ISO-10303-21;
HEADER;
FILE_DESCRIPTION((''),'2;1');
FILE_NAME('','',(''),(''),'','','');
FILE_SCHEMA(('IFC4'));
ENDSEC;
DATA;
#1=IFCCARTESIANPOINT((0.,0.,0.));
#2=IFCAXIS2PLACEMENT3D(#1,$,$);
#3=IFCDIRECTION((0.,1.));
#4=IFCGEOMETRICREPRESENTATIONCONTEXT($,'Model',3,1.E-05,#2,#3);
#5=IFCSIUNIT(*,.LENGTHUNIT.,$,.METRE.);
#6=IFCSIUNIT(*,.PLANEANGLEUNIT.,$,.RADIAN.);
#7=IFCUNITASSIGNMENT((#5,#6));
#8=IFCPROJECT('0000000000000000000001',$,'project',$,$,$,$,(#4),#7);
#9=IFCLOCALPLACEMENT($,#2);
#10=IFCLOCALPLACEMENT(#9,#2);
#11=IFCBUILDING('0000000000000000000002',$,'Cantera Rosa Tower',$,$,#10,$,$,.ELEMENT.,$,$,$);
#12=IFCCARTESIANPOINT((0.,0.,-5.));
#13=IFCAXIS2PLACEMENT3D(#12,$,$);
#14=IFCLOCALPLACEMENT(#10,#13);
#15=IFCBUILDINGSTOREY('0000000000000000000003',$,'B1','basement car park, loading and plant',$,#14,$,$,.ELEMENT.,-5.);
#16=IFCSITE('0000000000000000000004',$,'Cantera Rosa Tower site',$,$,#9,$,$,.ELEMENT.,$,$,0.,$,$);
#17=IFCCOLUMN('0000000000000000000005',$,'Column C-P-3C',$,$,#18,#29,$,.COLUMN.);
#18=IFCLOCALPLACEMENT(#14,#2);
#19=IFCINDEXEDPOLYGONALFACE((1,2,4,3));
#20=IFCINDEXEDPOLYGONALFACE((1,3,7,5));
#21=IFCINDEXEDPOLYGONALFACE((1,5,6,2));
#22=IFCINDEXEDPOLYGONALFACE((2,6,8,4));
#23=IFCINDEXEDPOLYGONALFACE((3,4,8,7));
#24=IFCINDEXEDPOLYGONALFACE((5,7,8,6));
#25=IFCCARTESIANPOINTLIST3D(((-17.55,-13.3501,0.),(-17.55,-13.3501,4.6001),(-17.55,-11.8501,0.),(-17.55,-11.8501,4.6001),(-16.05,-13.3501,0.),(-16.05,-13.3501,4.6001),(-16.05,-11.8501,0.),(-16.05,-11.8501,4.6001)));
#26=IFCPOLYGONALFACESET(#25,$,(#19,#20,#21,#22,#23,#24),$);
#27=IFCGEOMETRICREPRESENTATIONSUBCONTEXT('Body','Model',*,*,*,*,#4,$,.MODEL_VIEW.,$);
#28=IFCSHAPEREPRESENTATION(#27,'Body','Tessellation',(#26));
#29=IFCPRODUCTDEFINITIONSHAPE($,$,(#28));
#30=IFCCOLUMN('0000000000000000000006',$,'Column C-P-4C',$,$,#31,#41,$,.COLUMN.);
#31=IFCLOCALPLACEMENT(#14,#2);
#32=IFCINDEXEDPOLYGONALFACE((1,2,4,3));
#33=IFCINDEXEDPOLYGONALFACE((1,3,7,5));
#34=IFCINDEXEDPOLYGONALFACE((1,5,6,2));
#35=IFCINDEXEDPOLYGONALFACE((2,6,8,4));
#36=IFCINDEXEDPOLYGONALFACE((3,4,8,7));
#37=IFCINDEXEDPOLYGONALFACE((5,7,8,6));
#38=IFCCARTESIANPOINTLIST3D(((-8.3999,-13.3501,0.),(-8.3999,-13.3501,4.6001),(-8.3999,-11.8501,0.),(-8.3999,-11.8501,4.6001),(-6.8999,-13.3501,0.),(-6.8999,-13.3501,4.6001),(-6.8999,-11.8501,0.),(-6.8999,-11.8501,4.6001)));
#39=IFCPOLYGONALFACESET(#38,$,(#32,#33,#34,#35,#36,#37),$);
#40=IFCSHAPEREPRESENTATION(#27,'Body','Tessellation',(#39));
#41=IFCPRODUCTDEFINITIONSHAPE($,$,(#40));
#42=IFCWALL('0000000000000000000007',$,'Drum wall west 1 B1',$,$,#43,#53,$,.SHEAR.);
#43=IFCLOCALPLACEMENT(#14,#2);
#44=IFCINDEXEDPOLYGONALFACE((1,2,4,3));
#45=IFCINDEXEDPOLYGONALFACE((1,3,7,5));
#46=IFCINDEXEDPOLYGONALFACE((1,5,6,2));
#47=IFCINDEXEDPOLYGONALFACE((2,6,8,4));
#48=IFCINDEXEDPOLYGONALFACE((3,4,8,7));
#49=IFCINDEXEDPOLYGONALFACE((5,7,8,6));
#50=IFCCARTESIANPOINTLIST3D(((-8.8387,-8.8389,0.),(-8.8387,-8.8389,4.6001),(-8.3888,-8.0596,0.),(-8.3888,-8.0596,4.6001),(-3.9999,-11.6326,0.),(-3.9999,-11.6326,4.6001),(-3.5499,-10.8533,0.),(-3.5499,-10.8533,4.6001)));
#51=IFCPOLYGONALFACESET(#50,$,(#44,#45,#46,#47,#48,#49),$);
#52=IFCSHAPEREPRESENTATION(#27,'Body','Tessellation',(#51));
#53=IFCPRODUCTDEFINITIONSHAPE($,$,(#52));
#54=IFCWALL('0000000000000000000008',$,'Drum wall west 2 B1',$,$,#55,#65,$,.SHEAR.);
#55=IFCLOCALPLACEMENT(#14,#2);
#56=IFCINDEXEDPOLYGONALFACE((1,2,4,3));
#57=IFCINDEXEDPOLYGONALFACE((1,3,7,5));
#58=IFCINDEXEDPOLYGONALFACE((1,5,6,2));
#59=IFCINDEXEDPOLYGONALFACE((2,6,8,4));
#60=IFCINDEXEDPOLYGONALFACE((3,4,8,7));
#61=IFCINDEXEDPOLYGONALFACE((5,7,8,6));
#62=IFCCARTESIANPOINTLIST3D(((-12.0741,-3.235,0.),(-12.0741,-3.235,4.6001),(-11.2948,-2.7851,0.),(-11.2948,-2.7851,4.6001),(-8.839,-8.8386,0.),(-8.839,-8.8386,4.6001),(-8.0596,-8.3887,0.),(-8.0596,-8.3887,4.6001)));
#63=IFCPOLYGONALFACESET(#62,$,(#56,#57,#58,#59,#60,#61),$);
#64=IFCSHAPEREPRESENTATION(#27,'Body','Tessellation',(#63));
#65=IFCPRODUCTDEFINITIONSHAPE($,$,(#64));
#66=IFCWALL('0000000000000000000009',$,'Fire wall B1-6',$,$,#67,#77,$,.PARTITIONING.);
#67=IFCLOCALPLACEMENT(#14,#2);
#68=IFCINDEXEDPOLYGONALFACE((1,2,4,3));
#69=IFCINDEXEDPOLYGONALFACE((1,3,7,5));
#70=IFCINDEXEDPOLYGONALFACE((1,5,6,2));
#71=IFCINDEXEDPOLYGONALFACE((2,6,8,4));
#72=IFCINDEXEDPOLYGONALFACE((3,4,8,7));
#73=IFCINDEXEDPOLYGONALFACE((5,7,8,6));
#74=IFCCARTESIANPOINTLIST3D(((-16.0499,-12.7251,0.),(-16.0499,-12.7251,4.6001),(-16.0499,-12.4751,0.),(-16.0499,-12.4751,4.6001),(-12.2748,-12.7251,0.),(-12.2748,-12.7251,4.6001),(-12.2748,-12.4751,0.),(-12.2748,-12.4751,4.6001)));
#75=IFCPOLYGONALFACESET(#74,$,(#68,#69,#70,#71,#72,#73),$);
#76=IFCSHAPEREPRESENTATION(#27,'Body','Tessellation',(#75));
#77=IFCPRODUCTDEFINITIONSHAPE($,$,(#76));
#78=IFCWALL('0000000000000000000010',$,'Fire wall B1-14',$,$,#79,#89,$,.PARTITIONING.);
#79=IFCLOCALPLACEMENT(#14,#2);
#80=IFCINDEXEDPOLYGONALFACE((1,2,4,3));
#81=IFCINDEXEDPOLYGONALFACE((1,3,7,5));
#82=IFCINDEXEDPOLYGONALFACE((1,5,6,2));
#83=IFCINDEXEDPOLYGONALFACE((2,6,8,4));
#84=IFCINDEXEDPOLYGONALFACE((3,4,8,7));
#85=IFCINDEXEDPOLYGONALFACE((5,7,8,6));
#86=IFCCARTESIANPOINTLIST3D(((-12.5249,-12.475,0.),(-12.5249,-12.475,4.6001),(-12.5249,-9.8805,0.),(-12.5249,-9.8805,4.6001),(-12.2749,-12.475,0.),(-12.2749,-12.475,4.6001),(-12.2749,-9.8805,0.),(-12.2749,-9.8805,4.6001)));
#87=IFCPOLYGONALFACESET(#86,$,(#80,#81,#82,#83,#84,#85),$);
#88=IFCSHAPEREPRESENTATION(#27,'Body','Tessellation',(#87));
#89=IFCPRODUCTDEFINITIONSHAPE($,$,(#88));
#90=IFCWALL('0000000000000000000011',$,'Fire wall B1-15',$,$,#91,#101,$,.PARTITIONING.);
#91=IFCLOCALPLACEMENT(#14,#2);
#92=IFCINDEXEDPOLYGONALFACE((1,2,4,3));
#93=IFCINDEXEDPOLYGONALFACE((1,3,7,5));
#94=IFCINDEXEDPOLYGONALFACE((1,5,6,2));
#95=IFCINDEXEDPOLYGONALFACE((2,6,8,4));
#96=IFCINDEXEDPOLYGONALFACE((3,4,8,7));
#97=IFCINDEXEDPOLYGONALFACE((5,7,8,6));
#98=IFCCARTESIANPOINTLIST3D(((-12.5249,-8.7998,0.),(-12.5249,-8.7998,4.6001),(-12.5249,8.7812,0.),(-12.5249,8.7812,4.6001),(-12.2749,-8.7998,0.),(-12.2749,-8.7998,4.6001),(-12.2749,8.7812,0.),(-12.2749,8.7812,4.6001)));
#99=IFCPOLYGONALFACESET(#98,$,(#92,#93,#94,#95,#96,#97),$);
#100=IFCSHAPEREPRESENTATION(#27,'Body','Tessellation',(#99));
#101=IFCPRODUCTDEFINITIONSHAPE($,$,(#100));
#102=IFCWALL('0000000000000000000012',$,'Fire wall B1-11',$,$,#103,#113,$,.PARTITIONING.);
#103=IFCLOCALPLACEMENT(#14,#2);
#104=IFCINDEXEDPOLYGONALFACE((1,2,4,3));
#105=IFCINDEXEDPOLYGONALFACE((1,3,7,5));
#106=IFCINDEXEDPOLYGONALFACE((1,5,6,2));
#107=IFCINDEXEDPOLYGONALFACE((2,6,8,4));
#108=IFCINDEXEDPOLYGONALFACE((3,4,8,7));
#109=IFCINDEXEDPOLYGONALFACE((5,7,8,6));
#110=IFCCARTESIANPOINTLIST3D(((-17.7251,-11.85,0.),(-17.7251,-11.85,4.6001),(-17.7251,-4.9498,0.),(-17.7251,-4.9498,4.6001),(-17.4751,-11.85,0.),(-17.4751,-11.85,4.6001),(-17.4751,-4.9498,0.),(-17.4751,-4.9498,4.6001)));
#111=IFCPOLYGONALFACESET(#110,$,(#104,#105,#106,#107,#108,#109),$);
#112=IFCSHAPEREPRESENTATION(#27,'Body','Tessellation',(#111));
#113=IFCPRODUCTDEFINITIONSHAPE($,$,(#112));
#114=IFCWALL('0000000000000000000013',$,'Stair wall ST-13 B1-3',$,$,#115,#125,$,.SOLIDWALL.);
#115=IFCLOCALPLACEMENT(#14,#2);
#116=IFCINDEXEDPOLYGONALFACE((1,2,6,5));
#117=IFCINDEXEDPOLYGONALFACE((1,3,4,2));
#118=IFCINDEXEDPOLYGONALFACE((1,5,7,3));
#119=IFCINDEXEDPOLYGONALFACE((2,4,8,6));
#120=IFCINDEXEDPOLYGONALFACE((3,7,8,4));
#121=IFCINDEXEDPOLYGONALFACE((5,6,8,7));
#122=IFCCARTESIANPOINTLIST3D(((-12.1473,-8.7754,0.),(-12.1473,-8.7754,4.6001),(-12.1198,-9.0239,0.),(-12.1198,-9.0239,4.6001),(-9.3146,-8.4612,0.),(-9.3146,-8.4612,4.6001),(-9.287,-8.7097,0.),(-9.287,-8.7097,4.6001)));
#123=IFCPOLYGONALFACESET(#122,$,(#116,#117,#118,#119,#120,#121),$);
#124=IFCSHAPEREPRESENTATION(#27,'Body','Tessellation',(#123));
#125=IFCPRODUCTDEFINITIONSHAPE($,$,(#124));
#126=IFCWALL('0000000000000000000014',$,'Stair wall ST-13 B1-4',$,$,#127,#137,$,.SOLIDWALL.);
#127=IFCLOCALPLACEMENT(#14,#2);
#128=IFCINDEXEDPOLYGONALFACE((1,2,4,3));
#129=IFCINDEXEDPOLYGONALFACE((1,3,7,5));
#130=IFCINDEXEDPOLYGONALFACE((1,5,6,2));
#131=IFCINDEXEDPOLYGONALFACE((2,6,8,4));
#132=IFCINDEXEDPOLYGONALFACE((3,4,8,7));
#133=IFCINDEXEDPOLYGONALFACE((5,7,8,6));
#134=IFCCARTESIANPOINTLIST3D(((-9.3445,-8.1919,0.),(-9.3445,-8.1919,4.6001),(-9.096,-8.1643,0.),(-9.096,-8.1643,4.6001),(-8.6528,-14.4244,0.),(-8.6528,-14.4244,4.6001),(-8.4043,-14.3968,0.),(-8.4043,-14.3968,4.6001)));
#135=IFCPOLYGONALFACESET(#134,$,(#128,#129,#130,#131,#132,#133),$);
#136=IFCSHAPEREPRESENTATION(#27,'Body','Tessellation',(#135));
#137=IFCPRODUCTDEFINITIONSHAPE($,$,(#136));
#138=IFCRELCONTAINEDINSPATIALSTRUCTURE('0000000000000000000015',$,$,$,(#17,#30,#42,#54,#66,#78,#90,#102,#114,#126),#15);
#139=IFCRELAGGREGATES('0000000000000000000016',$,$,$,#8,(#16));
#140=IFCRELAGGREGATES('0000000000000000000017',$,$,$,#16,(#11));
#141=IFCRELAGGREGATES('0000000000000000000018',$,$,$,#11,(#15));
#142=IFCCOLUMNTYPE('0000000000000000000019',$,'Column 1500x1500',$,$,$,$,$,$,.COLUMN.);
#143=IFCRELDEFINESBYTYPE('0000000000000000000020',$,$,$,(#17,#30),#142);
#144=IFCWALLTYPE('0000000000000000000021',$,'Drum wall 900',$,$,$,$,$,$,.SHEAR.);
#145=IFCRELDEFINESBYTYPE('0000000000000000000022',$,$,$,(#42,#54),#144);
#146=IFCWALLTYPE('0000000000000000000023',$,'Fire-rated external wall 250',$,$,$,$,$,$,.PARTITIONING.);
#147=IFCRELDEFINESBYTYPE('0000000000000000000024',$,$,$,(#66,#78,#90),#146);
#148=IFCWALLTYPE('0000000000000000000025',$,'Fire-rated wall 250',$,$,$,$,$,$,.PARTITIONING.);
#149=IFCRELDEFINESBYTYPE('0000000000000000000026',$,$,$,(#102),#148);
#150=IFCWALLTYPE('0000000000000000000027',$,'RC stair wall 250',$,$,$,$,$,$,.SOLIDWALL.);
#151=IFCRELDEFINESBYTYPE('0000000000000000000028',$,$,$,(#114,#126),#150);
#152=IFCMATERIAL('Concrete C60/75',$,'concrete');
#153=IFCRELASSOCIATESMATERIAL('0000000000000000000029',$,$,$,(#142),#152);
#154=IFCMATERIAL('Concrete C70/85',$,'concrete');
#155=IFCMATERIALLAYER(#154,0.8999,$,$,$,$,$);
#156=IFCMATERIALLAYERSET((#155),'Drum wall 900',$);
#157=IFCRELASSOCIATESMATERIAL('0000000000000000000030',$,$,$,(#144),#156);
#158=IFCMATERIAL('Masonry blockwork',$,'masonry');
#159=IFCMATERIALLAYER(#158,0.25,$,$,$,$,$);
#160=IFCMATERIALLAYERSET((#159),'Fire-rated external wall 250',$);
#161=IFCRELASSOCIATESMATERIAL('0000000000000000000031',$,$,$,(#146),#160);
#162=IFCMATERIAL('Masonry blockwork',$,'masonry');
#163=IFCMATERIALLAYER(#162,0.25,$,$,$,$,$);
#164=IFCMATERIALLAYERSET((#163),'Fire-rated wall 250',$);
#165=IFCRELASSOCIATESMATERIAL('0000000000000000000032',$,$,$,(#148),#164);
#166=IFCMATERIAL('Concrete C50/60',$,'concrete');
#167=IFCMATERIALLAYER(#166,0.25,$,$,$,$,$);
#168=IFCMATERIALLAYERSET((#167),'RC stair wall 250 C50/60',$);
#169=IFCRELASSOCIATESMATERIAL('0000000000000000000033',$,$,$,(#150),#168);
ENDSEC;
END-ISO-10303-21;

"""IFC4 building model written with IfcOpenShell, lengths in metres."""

from ifc_helpers import new_model, si_unit, direction, frame, frame_2d, origin, origin_2d, place, context, subcontext, project, spatial, rectangle, extrude, material, layer, layer_set, material_profile, profile_set, type_object, element, save


model = new_model("IFC4")

# Units and contexts
model_context = context("Model", 3, precision=1e-05, world=origin(), true_north=direction((0.0, 1.0)))
body_context = subcontext(model_context, "Body", "Model", "MODEL_VIEW")
ifc_project = project(units=[si_unit("LENGTHUNIT", "METRE"), si_unit("PLANEANGLEUNIT", "RADIAN")], contexts=[model_context])

# Site, building, storey
site_placement = place(None, origin())
site = spatial("IfcSite", under=ifc_project, at=site_placement, Name="Cantera Rosa Tower site", CompositionType="ELEMENT", RefElevation=0.0)
building_placement = place(site_placement, origin())
building = spatial("IfcBuilding", under=site, at=building_placement, Name="Cantera Rosa Tower", CompositionType="ELEMENT")
storey_placement = place(building_placement, frame((0.0, 0.0, -5.0)))
storey = spatial("IfcBuildingStorey", under=building, at=storey_placement, Name="B1", Description="basement car park, loading and plant", CompositionType="ELEMENT", Elevation=-5.0)

# Columns
ifc_material_1 = material(Name="Concrete C60/75", Category="concrete")
ifc_material_profile = material_profile(ifc_material_1, rectangle(XDim=1.5, YDim=1.5, at=origin_2d()), Name="Column 1500x1500")
ifc_profile_set = profile_set([ifc_material_profile], Name="Concrete C60/75")
column_type = type_object("IfcColumnType", Name="Column 1500x1500", PredefinedType="COLUMN", material=ifc_profile_set)
for number, where, z_axis, x_axis, name in (
    (1, (-16.8, -12.6001, 0.0), (0.0, 0.0, 1.0), (1.0, 0.0, 0.0), "Column C-P-3C"),
    (2, (-7.6499, -12.6001, 0.0), (0.0, 0.0, 1.0), (1.0, 0.0, 0.0), "Column C-P-4C"),
):
    element("IfcColumn", number, at=place(storey_placement, frame(where, z_axis=z_axis, x_axis=x_axis)), inside=storey, type_object=column_type, Name=name, PredefinedType="COLUMN", context=body_context, shape_type="SweptSolid", body=[
        extrude(rectangle(XDim=1.5, YDim=1.5, at=origin_2d()), origin(), (0.0, 0.0, 1.0), 4.6001),
    ])

# Walls
ifc_material_2 = material(Name="Concrete C70/85", Category="concrete")
ifc_layer_1 = layer(ifc_material_2, 0.8999)
ifc_layer_set_1 = layer_set([ifc_layer_1], Name="Drum wall 900")
wall_type_1 = type_object("IfcWallType", Name="Drum wall 900", PredefinedType="SHEAR", material=ifc_layer_set_1)
wall_1_placement = place(storey_placement, frame((-3.7749, -11.2429, 0.0), z_axis=(0.0, 0.0, 1.0), x_axis=(-0.866027, 0.499997, 0.0)))
element("IfcWall", 3, at=wall_1_placement, inside=storey, type_object=wall_type_1, Name="Drum wall west 1 B1", PredefinedType="SHEAR", context=body_context, shape_type="SweptSolid", body=[
    extrude(rectangle(XDim=5.5874, YDim=0.8999, at=frame_2d((2.7937, 0.0))), origin(), (0.0, 0.0, 1.0), 4.6001),
])
wall_2_placement = place(storey_placement, frame((-8.4492, -8.6138, 0.0), z_axis=(0.0, 0.0, 1.0), x_axis=(-0.49999, 0.866031, 0.0)))
element("IfcWall", 4, at=wall_2_placement, inside=storey, type_object=wall_type_1, Name="Drum wall west 2 B1", PredefinedType="SHEAR", context=body_context, shape_type="SweptSolid", body=[
    extrude(rectangle(XDim=6.4705, YDim=0.8999, at=frame_2d((3.2354, 0.0))), origin(), (0.0, 0.0, 1.0), 4.6001),
])
ifc_material_3 = material(Name="Masonry blockwork", Category="masonry")
ifc_layer_2 = layer(ifc_material_3, 0.25)
ifc_layer_set_2 = layer_set([ifc_layer_2], Name="Fire-rated external wall 250")
wall_type_2 = type_object("IfcWallType", Name="Fire-rated external wall 250", PredefinedType="PARTITIONING", material=ifc_layer_set_2)
wall_3_placement = place(storey_placement, frame((-16.05, -12.6001, 0.0), z_axis=(0.0, 0.0, 1.0), x_axis=(1.0, 0.0, 0.0)))
element("IfcWall", 5, at=wall_3_placement, inside=storey, type_object=wall_type_2, Name="Fire wall B1-6", PredefinedType="PARTITIONING", context=body_context, shape_type="SweptSolid", body=[
    extrude(rectangle(XDim=3.7751, YDim=0.25, at=frame_2d((1.8877, 0.0))), origin(), (0.0, 0.0, 1.0), 4.6001),
])
wall_4_placement = place(storey_placement, frame((-12.3999, -12.4751, 0.0), z_axis=(0.0, 0.0, 1.0), x_axis=(0.0, 1.0, 0.0)))
element("IfcWall", 6, at=wall_4_placement, inside=storey, type_object=wall_type_2, Name="Fire wall B1-14", PredefinedType="PARTITIONING", context=body_context, shape_type="SweptSolid", body=[
    extrude(rectangle(XDim=2.5945, YDim=0.25, at=frame_2d((1.2974, 0.0))), origin(), (0.0, 0.0, 1.0), 4.6001),
])
wall_5_placement = place(storey_placement, frame((-12.3999, -8.7998, 0.0), z_axis=(0.0, 0.0, 1.0), x_axis=(0.0, 1.0, 0.0)))
element("IfcWall", 7, at=wall_5_placement, inside=storey, type_object=wall_type_2, Name="Fire wall B1-15", PredefinedType="PARTITIONING", context=body_context, shape_type="SweptSolid", body=[
    extrude(rectangle(XDim=17.5811, YDim=0.25, at=frame_2d((8.7905, 0.0))), origin(), (0.0, 0.0, 1.0), 4.6001),
])
ifc_material_4 = material(Name="Masonry blockwork", Category="masonry")
ifc_layer_3 = layer(ifc_material_4, 0.25)
ifc_layer_set_3 = layer_set([ifc_layer_3], Name="Fire-rated wall 250")
wall_type_3 = type_object("IfcWallType", Name="Fire-rated wall 250", PredefinedType="PARTITIONING", material=ifc_layer_set_3)
wall_6_placement = place(storey_placement, frame((-17.6001, -11.8501, 0.0), z_axis=(0.0, 0.0, 1.0), x_axis=(0.0, 1.0, 0.0)))
element("IfcWall", 8, at=wall_6_placement, inside=storey, type_object=wall_type_3, Name="Fire wall B1-11", PredefinedType="PARTITIONING", context=body_context, shape_type="SweptSolid", body=[
    extrude(rectangle(XDim=6.9001, YDim=0.25, at=frame_2d((3.4502, 0.0))), origin(), (0.0, 0.0, 1.0), 4.6001),
])
ifc_material_5 = material(Name="Concrete C50/60", Category="concrete")
ifc_layer_4 = layer(ifc_material_5, 0.25)
ifc_layer_set_4 = layer_set([ifc_layer_4], Name="RC stair wall 250 C50/60")
wall_type_4 = type_object("IfcWallType", Name="RC stair wall 250", PredefinedType="SOLIDWALL", material=ifc_layer_set_4)
wall_7_placement = place(storey_placement, frame((-12.1335, -8.8997, 0.0), z_axis=(0.0, 0.0, 1.0), x_axis=(0.993905, 0.110243, 0.0)))
element("IfcWall", 9, at=wall_7_placement, inside=storey, type_object=wall_type_4, Name="Stair wall ST-13 B1-3", PredefinedType="SOLIDWALL", context=body_context, shape_type="SweptSolid", body=[
    extrude(rectangle(XDim=2.8501, YDim=0.25, at=frame_2d((1.425, 0.0))), origin(), (0.0, 0.0, 1.0), 4.6001),
])
wall_8_placement = place(storey_placement, frame((-9.2202, -8.1782, 0.0), z_axis=(0.0, 0.0, 1.0), x_axis=(0.110299, -0.993898, 0.0)))
element("IfcWall", 10, at=wall_8_placement, inside=storey, type_object=wall_type_4, Name="Stair wall ST-13 B1-4", PredefinedType="SOLIDWALL", context=body_context, shape_type="SweptSolid", body=[
    extrude(rectangle(XDim=6.2708, YDim=0.25, at=frame_2d((3.1353, 0.0))), origin(), (0.0, 0.0, 1.0), 4.6001),
])

save(model, "model.ifc")
